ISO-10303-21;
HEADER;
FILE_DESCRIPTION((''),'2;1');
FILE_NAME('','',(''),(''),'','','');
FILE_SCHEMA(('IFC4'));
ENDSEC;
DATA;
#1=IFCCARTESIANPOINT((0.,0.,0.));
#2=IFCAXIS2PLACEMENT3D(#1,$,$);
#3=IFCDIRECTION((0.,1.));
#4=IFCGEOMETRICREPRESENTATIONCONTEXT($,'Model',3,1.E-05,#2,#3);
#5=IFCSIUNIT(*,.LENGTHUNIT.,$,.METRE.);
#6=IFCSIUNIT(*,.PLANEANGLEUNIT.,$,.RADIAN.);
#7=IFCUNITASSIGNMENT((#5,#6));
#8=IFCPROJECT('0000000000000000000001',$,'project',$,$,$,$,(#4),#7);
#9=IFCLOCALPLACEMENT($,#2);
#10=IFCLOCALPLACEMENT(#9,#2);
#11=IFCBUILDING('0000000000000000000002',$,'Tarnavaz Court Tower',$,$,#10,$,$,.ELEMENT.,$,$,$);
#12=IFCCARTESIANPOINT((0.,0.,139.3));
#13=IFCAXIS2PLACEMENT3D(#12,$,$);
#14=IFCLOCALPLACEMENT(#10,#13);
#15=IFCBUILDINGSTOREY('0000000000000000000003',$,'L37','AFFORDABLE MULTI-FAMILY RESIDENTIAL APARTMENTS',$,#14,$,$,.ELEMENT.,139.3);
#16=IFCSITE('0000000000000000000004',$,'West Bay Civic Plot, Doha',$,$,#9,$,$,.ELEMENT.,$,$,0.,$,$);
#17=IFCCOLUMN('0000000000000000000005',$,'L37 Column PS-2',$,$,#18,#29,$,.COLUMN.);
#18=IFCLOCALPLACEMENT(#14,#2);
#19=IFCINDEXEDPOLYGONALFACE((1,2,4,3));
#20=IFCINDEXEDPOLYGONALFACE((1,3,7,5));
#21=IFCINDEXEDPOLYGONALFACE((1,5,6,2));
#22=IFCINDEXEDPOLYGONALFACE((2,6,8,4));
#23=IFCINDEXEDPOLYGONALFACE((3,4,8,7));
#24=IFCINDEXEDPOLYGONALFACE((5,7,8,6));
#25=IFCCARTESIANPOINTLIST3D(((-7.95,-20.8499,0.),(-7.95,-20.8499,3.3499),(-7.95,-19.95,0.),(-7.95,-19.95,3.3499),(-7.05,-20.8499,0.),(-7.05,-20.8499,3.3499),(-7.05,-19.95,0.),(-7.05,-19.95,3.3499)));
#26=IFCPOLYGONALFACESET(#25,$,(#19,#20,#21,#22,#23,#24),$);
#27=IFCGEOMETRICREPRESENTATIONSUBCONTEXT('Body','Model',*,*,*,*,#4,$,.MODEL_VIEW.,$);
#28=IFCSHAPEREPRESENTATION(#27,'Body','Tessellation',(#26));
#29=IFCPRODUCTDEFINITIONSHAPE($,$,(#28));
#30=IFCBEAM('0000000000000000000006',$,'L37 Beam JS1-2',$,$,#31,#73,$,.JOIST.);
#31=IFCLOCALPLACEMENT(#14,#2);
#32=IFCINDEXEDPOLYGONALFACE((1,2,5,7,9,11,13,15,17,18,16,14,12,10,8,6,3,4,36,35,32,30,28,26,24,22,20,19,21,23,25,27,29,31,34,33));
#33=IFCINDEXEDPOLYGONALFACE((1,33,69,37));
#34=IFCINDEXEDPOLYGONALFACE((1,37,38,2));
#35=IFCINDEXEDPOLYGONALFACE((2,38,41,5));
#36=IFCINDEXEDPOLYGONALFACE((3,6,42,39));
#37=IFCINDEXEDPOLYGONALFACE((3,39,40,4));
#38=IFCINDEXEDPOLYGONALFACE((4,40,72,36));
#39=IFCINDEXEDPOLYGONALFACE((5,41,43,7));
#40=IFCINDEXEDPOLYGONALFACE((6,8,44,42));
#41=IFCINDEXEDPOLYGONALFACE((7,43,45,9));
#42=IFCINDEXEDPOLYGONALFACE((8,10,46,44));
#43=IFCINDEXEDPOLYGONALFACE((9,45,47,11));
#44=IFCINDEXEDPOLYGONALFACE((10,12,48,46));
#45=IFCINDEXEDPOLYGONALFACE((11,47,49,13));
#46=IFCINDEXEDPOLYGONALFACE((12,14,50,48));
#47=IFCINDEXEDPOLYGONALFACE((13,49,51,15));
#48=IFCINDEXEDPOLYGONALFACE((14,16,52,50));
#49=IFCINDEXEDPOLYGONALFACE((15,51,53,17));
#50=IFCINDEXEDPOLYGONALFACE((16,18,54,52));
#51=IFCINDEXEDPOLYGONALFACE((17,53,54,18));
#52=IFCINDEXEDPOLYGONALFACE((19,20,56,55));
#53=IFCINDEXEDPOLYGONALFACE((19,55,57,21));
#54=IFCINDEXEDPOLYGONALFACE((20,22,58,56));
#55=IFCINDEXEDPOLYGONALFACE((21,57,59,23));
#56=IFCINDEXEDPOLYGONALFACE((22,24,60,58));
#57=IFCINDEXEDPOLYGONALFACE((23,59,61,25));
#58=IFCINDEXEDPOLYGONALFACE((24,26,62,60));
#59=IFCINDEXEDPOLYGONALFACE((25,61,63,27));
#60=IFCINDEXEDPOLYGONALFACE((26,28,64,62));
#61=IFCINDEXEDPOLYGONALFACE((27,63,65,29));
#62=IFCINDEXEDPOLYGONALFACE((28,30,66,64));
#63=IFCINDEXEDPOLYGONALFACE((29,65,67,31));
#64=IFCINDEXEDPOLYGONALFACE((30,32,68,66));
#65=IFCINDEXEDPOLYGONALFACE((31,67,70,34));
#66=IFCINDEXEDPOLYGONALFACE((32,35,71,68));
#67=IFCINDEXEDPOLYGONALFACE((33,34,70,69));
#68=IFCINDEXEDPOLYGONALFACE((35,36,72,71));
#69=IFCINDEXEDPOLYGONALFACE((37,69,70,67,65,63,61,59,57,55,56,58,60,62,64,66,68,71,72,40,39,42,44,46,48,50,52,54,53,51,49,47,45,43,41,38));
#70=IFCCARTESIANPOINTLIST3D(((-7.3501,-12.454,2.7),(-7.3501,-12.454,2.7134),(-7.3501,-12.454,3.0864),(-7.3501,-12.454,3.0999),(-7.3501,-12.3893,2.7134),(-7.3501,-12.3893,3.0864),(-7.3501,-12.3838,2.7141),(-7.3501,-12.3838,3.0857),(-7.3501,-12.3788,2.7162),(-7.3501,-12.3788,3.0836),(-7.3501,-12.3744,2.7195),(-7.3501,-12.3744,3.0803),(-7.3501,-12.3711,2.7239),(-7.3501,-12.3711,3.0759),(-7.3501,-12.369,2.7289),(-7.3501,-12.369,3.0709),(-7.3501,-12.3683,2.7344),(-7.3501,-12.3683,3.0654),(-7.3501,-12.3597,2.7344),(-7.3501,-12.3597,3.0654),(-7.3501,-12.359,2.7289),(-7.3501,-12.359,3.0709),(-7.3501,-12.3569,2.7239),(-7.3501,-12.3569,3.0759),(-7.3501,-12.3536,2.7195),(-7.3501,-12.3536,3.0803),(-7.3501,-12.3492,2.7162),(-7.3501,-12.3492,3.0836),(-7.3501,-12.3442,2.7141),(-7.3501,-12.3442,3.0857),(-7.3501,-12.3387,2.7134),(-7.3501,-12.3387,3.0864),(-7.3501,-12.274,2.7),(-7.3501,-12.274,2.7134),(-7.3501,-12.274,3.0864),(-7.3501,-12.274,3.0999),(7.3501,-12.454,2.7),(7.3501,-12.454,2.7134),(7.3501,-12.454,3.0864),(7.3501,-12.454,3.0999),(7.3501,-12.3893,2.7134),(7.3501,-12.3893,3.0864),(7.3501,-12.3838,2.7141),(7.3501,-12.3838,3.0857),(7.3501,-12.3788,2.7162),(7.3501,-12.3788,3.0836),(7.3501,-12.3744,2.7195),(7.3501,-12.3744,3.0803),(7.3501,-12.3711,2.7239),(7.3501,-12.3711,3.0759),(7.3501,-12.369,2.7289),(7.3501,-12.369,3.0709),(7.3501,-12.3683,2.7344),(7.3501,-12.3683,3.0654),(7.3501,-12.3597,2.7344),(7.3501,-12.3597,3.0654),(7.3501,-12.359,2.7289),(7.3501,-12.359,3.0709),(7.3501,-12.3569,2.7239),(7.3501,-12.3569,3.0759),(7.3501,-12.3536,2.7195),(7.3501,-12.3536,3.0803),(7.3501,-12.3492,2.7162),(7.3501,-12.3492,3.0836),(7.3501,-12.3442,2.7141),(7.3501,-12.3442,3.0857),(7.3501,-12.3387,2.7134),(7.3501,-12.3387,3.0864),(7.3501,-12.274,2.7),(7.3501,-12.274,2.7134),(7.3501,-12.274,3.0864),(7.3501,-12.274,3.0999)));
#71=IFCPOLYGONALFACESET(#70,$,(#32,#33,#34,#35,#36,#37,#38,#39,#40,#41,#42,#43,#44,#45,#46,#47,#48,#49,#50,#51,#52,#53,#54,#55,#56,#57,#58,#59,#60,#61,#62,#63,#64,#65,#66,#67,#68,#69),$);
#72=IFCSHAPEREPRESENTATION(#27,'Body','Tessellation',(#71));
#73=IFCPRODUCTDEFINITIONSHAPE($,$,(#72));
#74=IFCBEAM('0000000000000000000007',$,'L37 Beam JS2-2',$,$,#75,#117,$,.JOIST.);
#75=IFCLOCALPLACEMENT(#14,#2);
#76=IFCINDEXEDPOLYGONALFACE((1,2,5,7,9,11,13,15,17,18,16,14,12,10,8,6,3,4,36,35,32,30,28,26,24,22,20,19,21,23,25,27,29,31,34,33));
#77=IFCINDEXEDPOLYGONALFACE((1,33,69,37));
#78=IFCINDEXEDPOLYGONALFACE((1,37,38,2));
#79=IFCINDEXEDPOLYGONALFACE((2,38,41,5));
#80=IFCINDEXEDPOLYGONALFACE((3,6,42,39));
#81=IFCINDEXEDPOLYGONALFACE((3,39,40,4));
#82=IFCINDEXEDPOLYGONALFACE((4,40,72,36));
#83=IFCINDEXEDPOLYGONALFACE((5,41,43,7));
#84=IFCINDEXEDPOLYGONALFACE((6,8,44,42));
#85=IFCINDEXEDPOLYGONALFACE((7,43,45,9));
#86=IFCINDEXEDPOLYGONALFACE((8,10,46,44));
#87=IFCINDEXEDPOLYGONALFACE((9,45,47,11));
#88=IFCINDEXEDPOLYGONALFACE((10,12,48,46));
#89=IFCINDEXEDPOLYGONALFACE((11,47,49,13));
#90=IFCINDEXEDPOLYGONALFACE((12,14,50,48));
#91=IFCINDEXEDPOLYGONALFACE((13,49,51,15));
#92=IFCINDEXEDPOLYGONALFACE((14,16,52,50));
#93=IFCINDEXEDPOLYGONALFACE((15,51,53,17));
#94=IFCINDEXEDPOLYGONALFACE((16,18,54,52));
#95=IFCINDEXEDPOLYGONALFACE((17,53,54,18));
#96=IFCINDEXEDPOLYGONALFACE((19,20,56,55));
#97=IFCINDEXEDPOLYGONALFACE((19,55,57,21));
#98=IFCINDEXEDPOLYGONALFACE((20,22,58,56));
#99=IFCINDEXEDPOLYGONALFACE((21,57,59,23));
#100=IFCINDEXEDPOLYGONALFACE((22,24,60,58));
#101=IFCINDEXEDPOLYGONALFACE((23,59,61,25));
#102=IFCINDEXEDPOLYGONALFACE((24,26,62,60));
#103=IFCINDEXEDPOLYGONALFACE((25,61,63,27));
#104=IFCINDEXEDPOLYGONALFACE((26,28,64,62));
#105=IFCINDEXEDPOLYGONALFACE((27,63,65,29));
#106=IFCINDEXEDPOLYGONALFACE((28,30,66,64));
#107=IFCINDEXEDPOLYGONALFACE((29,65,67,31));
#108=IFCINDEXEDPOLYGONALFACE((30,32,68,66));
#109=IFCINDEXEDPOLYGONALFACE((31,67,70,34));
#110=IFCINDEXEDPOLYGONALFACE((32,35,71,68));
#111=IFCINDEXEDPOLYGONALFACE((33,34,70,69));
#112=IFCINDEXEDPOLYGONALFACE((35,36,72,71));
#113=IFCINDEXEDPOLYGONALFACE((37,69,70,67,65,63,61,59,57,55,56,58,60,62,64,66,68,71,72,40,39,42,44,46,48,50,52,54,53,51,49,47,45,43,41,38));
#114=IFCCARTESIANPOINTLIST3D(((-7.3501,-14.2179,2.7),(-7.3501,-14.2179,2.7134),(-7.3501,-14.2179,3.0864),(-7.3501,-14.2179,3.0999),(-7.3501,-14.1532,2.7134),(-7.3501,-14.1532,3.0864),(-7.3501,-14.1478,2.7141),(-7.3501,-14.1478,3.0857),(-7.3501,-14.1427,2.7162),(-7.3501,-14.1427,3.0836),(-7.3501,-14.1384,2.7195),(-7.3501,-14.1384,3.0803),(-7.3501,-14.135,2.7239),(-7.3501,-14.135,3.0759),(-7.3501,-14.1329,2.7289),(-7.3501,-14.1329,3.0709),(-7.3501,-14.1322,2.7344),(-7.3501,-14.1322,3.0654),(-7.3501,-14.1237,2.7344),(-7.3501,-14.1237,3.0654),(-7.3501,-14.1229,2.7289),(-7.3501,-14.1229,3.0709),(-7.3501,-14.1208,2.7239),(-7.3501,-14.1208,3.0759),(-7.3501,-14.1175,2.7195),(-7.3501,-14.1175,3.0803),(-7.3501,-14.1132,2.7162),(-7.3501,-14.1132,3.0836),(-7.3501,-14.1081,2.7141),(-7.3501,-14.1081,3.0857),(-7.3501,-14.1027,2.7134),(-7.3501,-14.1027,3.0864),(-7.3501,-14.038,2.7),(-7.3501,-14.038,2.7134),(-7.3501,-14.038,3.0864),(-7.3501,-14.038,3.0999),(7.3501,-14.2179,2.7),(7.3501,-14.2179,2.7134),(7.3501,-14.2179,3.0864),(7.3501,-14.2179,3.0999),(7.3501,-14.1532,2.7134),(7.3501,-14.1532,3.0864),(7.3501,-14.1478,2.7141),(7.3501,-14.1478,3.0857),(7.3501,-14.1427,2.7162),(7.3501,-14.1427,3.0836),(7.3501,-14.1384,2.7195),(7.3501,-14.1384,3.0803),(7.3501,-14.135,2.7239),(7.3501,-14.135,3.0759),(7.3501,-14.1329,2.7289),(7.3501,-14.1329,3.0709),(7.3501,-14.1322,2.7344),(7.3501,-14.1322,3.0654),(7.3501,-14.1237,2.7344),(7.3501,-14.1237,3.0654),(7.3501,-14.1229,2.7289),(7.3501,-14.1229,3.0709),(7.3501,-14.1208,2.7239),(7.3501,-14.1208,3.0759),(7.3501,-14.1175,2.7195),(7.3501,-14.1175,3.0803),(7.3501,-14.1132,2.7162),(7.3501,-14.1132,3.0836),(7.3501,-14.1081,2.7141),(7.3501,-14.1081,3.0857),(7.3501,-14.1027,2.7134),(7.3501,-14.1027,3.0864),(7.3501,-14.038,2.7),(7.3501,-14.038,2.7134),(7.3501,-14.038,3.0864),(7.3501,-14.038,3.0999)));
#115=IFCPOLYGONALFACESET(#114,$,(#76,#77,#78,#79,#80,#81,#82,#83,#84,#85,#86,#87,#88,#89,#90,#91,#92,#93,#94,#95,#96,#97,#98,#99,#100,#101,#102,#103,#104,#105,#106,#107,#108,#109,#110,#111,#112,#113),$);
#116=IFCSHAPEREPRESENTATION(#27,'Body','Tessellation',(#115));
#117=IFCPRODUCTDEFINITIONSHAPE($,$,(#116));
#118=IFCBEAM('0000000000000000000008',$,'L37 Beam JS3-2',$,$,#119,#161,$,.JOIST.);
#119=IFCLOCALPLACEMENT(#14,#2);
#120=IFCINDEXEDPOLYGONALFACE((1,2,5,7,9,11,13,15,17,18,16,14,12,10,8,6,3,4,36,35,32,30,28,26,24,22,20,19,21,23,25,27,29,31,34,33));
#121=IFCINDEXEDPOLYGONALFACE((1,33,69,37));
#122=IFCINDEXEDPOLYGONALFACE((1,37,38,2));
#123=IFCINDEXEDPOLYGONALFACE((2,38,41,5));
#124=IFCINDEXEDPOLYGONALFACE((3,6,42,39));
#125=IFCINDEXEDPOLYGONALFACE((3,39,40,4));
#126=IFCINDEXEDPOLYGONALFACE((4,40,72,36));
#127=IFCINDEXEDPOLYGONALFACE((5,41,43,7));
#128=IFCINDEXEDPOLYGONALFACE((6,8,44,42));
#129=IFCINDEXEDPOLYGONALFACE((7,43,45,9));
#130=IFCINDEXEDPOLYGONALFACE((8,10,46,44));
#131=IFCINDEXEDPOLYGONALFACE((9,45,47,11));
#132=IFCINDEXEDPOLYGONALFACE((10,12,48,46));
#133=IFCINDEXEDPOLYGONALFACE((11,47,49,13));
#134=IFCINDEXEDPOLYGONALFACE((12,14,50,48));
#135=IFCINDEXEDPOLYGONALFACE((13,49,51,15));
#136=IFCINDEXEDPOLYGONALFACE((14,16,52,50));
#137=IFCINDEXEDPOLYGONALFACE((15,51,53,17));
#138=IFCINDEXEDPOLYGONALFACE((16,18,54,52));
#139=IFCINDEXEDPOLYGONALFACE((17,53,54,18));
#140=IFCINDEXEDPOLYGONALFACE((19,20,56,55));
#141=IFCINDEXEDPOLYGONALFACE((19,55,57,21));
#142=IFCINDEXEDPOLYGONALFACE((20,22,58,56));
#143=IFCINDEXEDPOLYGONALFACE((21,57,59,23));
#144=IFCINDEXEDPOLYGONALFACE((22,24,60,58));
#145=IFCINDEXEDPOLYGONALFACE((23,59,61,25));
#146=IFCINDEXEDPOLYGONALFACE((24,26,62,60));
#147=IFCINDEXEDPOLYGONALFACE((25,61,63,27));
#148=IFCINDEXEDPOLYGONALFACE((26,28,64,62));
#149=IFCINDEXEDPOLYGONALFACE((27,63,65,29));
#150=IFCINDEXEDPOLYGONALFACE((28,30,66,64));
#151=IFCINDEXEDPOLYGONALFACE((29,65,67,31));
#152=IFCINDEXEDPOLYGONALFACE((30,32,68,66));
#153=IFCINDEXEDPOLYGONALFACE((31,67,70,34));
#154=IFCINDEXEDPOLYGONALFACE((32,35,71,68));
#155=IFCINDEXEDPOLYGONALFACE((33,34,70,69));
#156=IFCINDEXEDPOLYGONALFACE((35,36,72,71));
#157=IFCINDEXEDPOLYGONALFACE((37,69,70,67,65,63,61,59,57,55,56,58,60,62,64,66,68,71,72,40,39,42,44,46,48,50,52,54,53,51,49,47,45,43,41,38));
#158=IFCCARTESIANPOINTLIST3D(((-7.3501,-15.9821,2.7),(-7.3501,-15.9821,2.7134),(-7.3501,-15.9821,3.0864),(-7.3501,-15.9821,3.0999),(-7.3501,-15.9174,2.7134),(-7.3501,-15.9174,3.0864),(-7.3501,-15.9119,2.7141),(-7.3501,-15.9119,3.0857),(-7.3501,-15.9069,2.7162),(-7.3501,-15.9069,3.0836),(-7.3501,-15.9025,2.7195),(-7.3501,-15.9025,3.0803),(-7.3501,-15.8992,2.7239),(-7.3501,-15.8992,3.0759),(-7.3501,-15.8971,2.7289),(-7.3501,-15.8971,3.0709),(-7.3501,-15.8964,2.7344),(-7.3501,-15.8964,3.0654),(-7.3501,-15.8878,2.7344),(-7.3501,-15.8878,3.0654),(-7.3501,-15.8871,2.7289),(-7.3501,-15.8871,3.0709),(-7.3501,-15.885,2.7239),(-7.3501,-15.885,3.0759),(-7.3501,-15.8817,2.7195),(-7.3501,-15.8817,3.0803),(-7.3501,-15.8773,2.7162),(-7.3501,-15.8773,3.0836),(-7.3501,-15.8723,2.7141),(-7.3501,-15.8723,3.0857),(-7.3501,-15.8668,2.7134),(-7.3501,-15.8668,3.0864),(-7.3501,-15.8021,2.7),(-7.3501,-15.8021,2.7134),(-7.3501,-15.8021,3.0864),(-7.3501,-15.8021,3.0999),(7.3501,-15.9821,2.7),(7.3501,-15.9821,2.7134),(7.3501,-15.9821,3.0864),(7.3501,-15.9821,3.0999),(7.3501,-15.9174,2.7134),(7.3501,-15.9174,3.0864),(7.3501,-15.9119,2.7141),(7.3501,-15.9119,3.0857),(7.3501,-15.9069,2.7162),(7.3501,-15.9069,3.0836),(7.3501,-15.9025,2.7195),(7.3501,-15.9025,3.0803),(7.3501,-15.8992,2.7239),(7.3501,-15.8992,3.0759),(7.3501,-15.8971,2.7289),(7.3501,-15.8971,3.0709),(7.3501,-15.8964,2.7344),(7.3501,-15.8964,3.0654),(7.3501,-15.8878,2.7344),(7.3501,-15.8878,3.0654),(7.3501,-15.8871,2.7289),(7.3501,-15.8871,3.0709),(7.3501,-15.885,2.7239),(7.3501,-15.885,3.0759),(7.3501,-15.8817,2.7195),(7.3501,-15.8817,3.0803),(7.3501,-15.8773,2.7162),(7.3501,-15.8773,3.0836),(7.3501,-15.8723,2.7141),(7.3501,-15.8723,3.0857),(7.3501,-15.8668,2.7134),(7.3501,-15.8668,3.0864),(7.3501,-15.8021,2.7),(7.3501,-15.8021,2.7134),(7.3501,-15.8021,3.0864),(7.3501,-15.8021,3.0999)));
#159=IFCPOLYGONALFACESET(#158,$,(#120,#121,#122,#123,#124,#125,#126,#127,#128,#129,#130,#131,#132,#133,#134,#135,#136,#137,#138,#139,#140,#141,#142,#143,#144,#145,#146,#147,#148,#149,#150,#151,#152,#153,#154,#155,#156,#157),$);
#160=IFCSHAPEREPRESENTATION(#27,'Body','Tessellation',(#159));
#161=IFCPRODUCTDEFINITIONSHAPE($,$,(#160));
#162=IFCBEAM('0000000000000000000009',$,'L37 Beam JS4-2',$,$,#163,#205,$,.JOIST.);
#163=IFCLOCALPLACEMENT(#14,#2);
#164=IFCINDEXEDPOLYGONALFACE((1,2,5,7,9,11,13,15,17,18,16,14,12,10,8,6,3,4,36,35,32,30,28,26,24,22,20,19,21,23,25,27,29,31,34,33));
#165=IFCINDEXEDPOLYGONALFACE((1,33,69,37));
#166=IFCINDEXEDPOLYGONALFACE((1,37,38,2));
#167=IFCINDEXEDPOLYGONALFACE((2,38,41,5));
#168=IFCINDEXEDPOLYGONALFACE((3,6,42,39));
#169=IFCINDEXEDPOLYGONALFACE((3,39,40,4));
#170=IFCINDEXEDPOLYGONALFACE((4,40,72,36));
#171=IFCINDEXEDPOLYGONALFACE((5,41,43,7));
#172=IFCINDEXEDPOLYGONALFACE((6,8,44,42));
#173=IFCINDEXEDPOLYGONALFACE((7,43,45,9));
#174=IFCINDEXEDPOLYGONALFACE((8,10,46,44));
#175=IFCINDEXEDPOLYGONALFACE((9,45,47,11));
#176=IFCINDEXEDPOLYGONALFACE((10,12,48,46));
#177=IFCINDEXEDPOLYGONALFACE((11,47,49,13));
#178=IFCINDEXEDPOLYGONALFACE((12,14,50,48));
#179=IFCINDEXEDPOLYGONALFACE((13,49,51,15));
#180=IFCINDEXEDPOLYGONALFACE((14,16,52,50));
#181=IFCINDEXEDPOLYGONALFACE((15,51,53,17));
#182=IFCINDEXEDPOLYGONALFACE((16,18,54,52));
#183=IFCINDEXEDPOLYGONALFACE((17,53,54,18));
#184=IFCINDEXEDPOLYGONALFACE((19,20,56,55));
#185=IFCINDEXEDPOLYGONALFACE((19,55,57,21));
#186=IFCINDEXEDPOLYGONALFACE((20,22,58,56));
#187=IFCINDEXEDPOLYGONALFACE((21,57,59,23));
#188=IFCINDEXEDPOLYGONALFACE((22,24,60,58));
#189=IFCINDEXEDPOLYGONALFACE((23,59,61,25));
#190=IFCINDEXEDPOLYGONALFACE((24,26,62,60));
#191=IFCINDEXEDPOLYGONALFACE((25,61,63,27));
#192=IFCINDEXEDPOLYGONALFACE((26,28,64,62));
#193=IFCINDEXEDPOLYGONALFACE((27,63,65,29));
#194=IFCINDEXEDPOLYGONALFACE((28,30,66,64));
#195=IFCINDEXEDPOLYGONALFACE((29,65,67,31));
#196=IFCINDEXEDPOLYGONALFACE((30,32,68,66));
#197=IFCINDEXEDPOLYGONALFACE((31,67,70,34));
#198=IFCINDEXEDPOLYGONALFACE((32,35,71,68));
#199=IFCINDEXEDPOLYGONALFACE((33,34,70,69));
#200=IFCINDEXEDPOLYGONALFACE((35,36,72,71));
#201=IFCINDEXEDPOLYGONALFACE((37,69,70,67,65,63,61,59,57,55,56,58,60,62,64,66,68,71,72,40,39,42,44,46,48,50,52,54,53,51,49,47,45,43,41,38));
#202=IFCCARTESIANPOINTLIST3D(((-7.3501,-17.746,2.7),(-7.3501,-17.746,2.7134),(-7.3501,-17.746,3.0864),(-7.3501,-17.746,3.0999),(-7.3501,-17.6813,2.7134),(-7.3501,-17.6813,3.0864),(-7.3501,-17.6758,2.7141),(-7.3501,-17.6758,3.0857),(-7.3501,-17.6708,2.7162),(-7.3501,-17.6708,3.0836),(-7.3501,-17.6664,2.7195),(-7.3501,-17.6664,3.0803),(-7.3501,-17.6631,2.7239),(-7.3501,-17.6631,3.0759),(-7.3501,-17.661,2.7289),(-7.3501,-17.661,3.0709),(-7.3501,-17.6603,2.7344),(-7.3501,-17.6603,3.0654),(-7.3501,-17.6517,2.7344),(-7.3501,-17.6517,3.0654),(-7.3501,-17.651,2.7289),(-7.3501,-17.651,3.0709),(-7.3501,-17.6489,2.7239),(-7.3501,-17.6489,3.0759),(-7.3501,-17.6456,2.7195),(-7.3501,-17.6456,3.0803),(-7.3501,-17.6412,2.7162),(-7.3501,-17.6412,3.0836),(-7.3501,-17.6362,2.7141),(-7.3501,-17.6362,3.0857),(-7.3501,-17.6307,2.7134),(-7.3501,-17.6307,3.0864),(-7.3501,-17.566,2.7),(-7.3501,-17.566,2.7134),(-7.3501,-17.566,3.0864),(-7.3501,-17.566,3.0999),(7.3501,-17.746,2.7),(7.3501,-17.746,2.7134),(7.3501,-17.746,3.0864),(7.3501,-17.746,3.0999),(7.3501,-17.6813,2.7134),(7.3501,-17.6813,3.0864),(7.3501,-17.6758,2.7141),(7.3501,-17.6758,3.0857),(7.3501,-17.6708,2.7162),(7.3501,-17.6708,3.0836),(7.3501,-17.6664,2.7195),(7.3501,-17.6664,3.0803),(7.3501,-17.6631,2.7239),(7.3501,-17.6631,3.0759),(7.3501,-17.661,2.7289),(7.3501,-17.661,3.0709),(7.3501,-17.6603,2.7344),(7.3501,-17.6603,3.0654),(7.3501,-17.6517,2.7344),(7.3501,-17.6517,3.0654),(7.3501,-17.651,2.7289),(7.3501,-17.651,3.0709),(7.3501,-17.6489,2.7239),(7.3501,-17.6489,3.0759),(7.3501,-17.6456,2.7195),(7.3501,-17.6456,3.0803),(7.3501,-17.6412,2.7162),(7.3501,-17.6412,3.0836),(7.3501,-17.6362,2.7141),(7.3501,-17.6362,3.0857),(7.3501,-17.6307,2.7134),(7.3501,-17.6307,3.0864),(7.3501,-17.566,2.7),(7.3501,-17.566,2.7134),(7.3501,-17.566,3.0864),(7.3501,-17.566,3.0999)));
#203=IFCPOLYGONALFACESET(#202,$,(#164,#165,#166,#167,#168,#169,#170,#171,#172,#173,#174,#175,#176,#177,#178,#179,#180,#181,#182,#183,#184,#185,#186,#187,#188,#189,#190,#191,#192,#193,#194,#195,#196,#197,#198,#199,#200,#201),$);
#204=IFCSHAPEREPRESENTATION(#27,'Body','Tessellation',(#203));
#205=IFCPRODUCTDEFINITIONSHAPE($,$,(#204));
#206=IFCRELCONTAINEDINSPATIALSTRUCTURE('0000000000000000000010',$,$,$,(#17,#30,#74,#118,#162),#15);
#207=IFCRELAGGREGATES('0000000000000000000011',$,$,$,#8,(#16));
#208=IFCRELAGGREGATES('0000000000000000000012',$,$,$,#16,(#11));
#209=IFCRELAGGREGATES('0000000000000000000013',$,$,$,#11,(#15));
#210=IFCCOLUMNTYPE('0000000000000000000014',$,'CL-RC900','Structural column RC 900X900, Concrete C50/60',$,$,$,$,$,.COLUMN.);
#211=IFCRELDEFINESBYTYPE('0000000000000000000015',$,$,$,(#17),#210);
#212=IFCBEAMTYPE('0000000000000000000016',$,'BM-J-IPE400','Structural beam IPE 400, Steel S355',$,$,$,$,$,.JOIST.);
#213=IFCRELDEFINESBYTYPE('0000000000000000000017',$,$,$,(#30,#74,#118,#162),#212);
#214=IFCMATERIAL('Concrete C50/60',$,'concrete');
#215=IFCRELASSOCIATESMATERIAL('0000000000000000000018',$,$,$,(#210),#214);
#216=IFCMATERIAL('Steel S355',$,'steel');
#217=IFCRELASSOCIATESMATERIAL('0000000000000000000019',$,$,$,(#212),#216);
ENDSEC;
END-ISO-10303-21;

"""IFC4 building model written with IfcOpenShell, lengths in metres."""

from ifc_helpers import new_model, si_unit, direction, frame, origin, origin_2d, place, context, subcontext, project, spatial, rectangle, i_section, extrude, material, material_profile, profile_set, type_object, element, save


model = new_model("IFC4")

# Units and contexts
model_context = context("Model", 3, precision=1e-05, world=origin(), true_north=direction((0.0, 1.0)))
body_context = subcontext(model_context, "Body", "Model", "MODEL_VIEW")
ifc_project = project(units=[si_unit("LENGTHUNIT", "METRE"), si_unit("PLANEANGLEUNIT", "RADIAN")], contexts=[model_context])

# Site, building, storey
site_placement = place(None, origin())
site = spatial("IfcSite", under=ifc_project, at=site_placement, Name="West Bay Civic Plot, Doha", CompositionType="ELEMENT", RefElevation=0.0)
building_placement = place(site_placement, origin())
building = spatial("IfcBuilding", under=site, at=building_placement, Name="Tarnavaz Court Tower", CompositionType="ELEMENT")
storey_placement = place(building_placement, frame((0.0, 0.0, 139.3)))
storey = spatial("IfcBuildingStorey", under=building, at=storey_placement, Name="L37", Description="AFFORDABLE MULTI-FAMILY RESIDENTIAL APARTMENTS", CompositionType="ELEMENT", Elevation=139.3)

# Column
ifc_material_1 = material(Name="Concrete C50/60", Category="concrete")
ifc_material_profile_1 = material_profile(ifc_material_1, rectangle(XDim=0.8999, YDim=0.8999, at=origin_2d()), Name="RC 900X900")
ifc_profile_set_1 = profile_set([ifc_material_profile_1], Name="Concrete C50/60")
column_type = type_object("IfcColumnType", Name="CL-RC900", Description="Structural column RC 900X900, Concrete C50/60", PredefinedType="COLUMN", material=ifc_profile_set_1)
column_placement = place(storey_placement, frame((-7.5, -20.3999, 0.0), z_axis=(0.0, 0.0, 1.0), x_axis=(1.0, 0.0, 0.0)))
element("IfcColumn", 1, at=column_placement, inside=storey, type_object=column_type, Name="L37 Column PS-2", PredefinedType="COLUMN", context=body_context, shape_type="SweptSolid", body=[
    extrude(rectangle(XDim=0.8999, YDim=0.8999, at=origin_2d()), origin(), (0.0, 0.0, 1.0), 3.3499),
])

# Beams
ifc_material_2 = material(Name="Steel S355", Category="steel")
ifc_material_profile_2 = material_profile(ifc_material_2, i_section(OverallWidth=0.1799, OverallDepth=0.3999, WebThickness=0.0085, FlangeThickness=0.0134, FilletRadius=0.021, at=origin_2d()), Name="IPE 400")
ifc_profile_set_2 = profile_set([ifc_material_profile_2], Name="Steel S355")
beam_type_1 = type_object("IfcBeamType", Name="BM-J-IPE400", Description="Structural beam IPE 400, Steel S355", PredefinedType="JOIST", material=ifc_profile_set_2)
for number, where, z_axis, x_axis, name in (
    (2, (-7.3501, -12.364, 2.8999), (1.0, 0.0, 0.0), (0.0, 1.0, 0.0), "L37 Beam JS1-2"),
    (3, (-7.3501, -14.1279, 2.8999), (1.0, 0.0, 0.0), (0.0, 1.0, 0.0), "L37 Beam JS2-2"),
    (4, (-7.3501, -15.8921, 2.8999), (1.0, 0.0, 0.0), (0.0, 1.0, 0.0), "L37 Beam JS3-2"),
    (5, (-7.3501, -17.656, 2.8999), (1.0, 0.0, 0.0), (0.0, 1.0, 0.0), "L37 Beam JS4-2"),
):
    element("IfcBeam", number, at=place(storey_placement, frame(where, z_axis=z_axis, x_axis=x_axis)), inside=storey, type_object=beam_type_1, Name=name, PredefinedType="JOIST", context=body_context, shape_type="SweptSolid", body=[
        extrude(i_section(OverallWidth=0.1799, OverallDepth=0.3999, WebThickness=0.0085, FlangeThickness=0.0134, FilletRadius=0.021, at=origin_2d()), origin(), (0.0, 0.0, 1.0), 14.7002),
    ])

save(model, "model.ifc")
